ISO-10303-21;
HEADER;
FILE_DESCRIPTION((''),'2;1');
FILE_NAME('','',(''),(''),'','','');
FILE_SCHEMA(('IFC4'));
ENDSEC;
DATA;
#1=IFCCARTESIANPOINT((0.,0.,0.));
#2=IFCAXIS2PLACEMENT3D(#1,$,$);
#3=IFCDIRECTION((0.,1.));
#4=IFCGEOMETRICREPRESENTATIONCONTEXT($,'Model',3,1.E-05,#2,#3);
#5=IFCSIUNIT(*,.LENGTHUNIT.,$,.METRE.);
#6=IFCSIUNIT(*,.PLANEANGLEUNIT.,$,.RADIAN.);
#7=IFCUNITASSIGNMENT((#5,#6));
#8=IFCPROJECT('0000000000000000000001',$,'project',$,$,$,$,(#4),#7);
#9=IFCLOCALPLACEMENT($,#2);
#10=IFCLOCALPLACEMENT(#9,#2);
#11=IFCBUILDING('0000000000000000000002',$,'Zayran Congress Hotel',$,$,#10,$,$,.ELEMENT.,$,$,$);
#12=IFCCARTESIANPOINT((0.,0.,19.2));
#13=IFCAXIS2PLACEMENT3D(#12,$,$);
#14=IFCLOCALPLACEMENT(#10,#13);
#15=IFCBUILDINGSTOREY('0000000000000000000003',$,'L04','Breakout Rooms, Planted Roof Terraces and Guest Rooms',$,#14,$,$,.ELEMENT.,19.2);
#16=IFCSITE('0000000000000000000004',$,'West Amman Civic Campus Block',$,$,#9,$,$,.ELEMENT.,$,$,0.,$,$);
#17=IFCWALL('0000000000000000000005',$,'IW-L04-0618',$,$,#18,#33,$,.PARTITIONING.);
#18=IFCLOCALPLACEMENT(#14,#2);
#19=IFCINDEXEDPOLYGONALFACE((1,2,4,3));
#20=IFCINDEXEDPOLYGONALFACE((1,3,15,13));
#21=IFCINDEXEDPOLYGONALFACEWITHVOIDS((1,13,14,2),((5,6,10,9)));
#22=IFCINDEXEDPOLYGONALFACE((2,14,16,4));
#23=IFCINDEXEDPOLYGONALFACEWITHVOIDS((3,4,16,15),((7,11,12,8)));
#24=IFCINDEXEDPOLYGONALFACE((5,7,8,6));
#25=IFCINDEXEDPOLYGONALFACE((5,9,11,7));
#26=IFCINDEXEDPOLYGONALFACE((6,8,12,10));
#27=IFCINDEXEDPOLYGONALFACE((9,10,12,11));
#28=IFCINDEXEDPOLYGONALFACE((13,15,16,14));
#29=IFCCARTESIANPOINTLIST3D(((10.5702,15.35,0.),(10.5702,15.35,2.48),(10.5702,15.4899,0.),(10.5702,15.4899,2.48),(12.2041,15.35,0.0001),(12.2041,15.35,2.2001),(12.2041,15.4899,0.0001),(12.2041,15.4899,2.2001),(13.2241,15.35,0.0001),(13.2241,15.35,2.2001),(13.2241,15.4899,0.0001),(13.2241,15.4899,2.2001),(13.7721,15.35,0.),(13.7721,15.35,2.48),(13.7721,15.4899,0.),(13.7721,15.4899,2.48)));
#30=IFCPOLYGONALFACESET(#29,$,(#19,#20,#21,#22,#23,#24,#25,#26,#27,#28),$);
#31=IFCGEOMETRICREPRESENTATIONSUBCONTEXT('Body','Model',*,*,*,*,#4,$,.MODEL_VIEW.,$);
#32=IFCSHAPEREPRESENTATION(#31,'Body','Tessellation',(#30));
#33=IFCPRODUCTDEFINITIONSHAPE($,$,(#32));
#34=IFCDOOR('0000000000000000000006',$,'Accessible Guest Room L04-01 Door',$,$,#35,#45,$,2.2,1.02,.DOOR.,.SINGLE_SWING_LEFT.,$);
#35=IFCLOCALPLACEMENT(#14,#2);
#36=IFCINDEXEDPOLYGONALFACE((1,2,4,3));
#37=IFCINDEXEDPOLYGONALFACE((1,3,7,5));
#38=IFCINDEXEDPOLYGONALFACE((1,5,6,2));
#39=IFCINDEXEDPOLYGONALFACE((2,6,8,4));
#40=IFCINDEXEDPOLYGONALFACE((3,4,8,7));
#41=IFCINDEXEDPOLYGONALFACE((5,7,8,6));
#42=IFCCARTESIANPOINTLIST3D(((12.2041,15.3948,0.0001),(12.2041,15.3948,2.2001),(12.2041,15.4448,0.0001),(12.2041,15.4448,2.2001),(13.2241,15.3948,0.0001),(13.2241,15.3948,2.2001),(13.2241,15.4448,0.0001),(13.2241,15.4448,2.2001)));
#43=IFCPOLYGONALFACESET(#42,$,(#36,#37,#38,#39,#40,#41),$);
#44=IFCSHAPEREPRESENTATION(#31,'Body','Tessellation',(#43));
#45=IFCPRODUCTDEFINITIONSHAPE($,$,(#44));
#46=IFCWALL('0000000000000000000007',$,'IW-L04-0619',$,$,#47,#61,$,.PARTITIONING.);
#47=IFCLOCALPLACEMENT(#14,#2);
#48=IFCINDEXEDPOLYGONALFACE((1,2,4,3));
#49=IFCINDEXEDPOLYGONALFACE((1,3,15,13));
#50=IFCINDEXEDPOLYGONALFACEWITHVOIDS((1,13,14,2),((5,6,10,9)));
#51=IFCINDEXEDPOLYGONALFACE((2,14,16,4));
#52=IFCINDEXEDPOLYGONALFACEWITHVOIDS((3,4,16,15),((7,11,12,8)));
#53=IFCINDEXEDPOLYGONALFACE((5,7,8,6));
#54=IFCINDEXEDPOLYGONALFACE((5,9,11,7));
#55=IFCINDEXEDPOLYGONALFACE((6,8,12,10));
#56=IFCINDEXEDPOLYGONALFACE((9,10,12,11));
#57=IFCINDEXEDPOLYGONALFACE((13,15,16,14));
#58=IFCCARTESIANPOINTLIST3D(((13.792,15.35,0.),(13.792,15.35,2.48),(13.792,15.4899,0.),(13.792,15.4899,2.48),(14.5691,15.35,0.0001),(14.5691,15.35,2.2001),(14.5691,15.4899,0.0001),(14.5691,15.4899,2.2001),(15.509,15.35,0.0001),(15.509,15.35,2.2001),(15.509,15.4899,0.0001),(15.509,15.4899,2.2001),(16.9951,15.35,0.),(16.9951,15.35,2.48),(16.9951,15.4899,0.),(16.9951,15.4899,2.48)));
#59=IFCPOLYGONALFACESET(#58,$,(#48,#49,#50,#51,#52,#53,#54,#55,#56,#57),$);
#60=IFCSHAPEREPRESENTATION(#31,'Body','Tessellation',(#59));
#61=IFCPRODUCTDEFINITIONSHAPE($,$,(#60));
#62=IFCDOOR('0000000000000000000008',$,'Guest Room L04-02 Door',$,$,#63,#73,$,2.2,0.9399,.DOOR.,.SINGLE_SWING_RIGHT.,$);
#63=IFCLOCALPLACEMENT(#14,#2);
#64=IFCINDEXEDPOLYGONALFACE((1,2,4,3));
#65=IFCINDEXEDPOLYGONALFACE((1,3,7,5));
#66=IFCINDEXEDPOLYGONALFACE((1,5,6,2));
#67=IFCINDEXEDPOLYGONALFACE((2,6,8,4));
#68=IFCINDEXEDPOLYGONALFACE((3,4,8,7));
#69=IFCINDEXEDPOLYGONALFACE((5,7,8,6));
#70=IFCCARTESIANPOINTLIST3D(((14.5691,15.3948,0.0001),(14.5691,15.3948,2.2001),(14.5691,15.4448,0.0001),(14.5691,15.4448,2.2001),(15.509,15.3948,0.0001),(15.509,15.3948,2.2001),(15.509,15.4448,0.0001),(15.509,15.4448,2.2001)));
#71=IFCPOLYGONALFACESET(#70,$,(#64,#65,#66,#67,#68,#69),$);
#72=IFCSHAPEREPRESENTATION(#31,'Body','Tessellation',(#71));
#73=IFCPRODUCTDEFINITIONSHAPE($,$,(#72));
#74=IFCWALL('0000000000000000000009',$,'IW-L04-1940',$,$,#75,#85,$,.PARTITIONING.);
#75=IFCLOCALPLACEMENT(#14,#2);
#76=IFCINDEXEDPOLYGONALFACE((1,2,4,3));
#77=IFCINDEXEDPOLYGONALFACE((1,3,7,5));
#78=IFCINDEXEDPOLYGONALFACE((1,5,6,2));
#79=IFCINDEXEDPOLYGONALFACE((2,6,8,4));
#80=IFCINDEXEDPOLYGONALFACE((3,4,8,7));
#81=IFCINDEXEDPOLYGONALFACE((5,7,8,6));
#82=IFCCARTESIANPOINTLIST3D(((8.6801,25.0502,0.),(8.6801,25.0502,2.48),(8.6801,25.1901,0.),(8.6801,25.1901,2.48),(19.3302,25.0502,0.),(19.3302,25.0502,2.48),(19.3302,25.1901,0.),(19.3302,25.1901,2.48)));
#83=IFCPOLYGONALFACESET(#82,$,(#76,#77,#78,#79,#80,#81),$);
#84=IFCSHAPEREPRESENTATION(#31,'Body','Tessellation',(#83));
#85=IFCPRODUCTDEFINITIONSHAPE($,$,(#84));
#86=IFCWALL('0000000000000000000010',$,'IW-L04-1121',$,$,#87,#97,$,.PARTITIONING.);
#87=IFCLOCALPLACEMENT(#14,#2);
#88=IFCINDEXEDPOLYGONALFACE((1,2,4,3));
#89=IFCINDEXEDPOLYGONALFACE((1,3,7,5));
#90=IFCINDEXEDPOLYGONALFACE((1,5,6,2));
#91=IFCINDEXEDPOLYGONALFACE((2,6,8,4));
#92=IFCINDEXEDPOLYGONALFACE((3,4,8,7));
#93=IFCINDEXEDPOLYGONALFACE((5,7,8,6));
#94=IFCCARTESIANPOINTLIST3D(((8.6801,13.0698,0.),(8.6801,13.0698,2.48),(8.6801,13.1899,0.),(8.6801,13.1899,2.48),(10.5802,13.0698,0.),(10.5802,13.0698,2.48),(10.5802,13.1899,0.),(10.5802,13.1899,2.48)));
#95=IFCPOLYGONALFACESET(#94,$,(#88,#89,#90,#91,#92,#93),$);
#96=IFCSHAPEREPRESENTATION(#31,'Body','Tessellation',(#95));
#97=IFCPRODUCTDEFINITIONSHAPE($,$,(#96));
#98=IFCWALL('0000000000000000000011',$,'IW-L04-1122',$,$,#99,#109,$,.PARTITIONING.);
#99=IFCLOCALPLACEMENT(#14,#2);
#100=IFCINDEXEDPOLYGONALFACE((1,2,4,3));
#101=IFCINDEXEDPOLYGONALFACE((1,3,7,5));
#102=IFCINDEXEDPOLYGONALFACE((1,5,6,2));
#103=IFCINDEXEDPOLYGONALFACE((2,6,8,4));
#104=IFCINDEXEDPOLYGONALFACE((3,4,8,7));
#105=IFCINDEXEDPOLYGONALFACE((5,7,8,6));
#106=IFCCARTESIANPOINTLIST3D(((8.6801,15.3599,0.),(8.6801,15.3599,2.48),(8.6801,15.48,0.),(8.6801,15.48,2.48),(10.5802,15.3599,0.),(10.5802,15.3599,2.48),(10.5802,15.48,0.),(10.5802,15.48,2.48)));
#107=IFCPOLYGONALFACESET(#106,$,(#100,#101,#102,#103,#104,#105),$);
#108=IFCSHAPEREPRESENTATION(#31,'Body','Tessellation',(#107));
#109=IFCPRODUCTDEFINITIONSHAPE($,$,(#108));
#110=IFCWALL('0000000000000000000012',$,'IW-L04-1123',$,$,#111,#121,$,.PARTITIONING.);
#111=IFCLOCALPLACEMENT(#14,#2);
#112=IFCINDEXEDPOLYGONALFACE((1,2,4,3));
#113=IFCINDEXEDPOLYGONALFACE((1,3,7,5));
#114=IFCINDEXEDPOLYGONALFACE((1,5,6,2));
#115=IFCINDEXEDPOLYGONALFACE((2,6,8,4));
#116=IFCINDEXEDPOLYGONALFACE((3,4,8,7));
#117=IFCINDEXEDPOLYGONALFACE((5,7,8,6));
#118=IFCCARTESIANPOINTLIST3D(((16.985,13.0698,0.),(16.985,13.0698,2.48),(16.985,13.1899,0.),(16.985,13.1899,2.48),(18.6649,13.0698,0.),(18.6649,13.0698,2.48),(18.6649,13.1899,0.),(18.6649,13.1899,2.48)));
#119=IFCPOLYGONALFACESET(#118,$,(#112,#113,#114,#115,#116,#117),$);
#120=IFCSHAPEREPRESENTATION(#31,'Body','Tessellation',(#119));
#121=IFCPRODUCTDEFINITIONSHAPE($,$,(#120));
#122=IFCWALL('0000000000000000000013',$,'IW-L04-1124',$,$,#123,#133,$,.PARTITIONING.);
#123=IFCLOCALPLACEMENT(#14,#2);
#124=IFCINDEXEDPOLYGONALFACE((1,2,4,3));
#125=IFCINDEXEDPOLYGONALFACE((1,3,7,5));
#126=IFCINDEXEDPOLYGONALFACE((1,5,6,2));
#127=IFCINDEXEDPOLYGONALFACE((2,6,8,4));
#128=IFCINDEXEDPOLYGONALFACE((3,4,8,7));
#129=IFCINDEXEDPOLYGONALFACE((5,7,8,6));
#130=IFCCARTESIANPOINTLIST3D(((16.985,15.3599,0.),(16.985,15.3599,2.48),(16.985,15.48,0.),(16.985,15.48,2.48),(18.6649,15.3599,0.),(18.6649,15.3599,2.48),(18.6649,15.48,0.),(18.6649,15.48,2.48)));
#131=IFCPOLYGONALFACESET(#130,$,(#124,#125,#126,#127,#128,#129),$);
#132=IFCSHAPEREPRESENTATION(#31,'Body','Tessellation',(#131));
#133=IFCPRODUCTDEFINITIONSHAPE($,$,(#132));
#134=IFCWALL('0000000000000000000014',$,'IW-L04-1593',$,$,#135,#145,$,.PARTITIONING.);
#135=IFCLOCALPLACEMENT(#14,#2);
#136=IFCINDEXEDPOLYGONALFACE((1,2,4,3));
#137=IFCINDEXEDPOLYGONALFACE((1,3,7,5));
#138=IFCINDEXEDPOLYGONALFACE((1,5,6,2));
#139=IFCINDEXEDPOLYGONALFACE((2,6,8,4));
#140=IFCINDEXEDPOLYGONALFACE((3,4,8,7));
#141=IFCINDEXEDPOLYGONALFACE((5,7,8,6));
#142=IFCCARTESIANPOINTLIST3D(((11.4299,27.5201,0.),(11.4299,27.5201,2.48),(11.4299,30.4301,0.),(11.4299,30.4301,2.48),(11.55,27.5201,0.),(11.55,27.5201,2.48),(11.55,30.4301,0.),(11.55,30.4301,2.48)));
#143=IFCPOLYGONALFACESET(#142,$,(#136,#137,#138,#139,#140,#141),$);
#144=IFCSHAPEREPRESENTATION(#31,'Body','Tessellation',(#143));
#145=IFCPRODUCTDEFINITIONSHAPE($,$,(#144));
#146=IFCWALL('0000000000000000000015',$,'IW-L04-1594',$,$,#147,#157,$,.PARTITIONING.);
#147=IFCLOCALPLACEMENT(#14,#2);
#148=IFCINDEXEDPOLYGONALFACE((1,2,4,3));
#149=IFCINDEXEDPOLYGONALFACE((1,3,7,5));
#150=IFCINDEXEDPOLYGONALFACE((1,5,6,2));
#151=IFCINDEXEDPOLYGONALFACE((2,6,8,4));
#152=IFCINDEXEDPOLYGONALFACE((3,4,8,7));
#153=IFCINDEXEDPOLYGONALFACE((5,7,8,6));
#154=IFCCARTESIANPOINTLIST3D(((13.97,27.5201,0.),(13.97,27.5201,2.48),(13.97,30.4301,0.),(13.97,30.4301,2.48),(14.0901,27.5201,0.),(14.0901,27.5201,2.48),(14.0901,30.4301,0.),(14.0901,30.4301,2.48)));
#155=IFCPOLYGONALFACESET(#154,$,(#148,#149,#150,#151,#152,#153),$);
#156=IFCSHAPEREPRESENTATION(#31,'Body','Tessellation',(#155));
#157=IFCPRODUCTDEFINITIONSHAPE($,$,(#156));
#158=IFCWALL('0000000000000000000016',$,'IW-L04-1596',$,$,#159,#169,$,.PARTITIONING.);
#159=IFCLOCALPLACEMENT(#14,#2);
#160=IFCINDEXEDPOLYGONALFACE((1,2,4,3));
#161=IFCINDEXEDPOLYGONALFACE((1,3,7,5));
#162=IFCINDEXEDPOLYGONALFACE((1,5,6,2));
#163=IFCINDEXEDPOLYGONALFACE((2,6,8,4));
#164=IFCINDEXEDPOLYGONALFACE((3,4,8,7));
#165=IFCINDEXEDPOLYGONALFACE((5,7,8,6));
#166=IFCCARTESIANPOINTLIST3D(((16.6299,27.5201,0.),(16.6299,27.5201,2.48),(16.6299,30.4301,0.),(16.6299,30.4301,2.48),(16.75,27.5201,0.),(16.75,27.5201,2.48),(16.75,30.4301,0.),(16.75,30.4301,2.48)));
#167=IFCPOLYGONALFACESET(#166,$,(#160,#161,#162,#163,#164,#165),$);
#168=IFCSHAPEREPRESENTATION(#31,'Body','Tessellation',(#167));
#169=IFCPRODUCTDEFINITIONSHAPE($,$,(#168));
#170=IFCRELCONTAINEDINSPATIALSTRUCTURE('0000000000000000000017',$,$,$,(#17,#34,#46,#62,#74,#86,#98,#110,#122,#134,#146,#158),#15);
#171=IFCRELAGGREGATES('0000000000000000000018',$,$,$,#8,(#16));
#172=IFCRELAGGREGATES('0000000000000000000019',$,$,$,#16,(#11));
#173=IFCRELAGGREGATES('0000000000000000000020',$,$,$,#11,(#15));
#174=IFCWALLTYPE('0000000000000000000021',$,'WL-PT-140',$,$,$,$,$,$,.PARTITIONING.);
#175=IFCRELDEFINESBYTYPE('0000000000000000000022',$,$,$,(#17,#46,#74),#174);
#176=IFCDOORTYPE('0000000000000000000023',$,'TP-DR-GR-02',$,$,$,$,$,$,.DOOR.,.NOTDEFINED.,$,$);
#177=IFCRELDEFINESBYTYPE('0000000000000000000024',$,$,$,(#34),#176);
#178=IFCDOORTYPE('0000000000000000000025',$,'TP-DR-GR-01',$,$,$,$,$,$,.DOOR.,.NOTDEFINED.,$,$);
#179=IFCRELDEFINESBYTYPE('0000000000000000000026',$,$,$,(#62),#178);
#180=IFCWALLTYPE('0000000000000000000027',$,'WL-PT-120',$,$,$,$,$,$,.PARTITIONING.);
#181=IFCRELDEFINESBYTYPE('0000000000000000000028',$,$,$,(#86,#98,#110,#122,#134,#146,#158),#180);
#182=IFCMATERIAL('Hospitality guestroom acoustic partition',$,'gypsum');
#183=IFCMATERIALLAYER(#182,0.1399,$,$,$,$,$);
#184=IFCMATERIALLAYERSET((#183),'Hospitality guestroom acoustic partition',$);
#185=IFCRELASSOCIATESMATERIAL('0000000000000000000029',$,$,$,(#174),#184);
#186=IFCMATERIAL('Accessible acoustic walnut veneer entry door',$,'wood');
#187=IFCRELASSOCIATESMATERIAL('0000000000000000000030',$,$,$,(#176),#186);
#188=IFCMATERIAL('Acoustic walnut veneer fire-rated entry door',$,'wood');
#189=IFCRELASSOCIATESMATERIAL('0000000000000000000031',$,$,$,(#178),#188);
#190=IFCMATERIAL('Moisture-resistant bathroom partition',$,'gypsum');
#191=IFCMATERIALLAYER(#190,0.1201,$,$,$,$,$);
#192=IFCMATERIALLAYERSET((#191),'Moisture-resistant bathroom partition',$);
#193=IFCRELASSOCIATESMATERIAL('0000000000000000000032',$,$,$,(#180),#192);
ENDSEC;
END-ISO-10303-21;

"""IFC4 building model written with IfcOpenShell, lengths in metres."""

from ifc_helpers import new_model, si_unit, direction, frame, frame_2d, origin, place, context, subcontext, project, spatial, rectangle, extrude, material, layer, layer_set, type_object, element, fill, save


model = new_model("IFC4")

# Units and contexts
model_context = context("Model", 3, precision=1e-05, world=origin(), true_north=direction((0.0, 1.0)))
body_context = subcontext(model_context, "Body", "Model", "MODEL_VIEW")
ifc_project = project(units=[si_unit("LENGTHUNIT", "METRE"), si_unit("PLANEANGLEUNIT", "RADIAN")], contexts=[model_context])

# Site, building, storey
site_placement = place(None, origin())
site = spatial("IfcSite", under=ifc_project, at=site_placement, Name="West Amman Civic Campus Block", CompositionType="ELEMENT", RefElevation=0.0)
building_placement = place(site_placement, origin())
building = spatial("IfcBuilding", under=site, at=building_placement, Name="Zayran Congress Hotel", CompositionType="ELEMENT")
storey_placement = place(building_placement, frame((0.0, 0.0, 19.2)))
storey = spatial("IfcBuildingStorey", under=building, at=storey_placement, Name="L04", Description="Breakout Rooms, Planted Roof Terraces and Guest Rooms", CompositionType="ELEMENT", Elevation=19.2)

# Walls, openings, doors
ifc_material_1 = material(Name="Hospitality guestroom acoustic partition", Category="gypsum")
ifc_layer_1 = layer(ifc_material_1, 0.1399)
ifc_layer_set_1 = layer_set([ifc_layer_1], Name="Hospitality guestroom acoustic partition")
wall_type_1 = type_object("IfcWallType", Name="WL-PT-140", PredefinedType="PARTITIONING", material=ifc_layer_set_1)
wall_1_placement = place(storey_placement, frame((10.5701, 15.4199, 0.0), z_axis=(0.0, 0.0, 1.0), x_axis=(1.0, 0.0, 0.0)))
wall_1 = element("IfcWall", 1, at=wall_1_placement, inside=storey, type_object=wall_type_1, Name="IW-L04-0618", PredefinedType="PARTITIONING", context=body_context, shape_type="SweptSolid", body=[
    extrude(rectangle(XDim=3.2019, YDim=0.1399, at=frame_2d((1.6011, 0.0))), origin(), (0.0, 0.0, 1.0), 2.48),
])
opening_1_placement = place(wall_1_placement, frame((1.634, 0.0, 0.0)))
opening_1 = element("IfcOpeningElement", 2, at=opening_1_placement, cuts=wall_1, PredefinedType="OPENING", context=body_context, shape_type="SweptSolid", body=[
    extrude(rectangle(XDim=1.02, YDim=2.2, at=frame_2d((0.51, 1.1001))), frame((0.0, 0.0798, 0.0), z_axis=(0.0, -1.0, 0.0), x_axis=(1.0, 0.0, 0.0)), (0.0, 0.0, 1.0), 0.1599),
])
ifc_material_2 = material(Name="Accessible acoustic walnut veneer entry door", Category="wood")
door_type_1 = type_object("IfcDoorType", Name="TP-DR-GR-02", OperationType="NOTDEFINED", PredefinedType="DOOR", material=ifc_material_2)
door_1_placement = place(opening_1_placement, origin())
door_1 = element("IfcDoor", 3, at=door_1_placement, inside=storey, type_object=door_type_1, Name="Accessible Guest Room L04-01 Door", OperationType="SINGLE_SWING_LEFT", OverallHeight=2.2, OverallWidth=1.02, PredefinedType="DOOR", context=body_context, shape_type="SweptSolid", body=[
    extrude(rectangle(XDim=1.02, YDim=2.2, at=frame_2d((0.51, 1.1001))), frame((0.0, 0.0249, 0.0), z_axis=(0.0, -1.0, 0.0), x_axis=(1.0, 0.0, 0.0)), (0.0, 0.0, 1.0), 0.05),
])
fill(opening_1, door_1)
wall_2_placement = place(storey_placement, frame((13.792, 15.4199, 0.0), z_axis=(0.0, 0.0, 1.0), x_axis=(1.0, 0.0, 0.0)))
wall_2 = element("IfcWall", 4, at=wall_2_placement, inside=storey, type_object=wall_type_1, Name="IW-L04-0619", PredefinedType="PARTITIONING", context=body_context, shape_type="SweptSolid", body=[
    extrude(rectangle(XDim=3.2031, YDim=0.1399, at=frame_2d((1.6016, 0.0))), origin(), (0.0, 0.0, 1.0), 2.48),
])
opening_2_placement = place(wall_2_placement, frame((0.7771, 0.0, 0.0)))
opening_2 = element("IfcOpeningElement", 5, at=opening_2_placement, cuts=wall_2, PredefinedType="OPENING", context=body_context, shape_type="SweptSolid", body=[
    extrude(rectangle(XDim=0.9399, YDim=2.2, at=frame_2d((0.47, 1.1001))), frame((0.0, 0.0798, 0.0), z_axis=(0.0, -1.0, 0.0), x_axis=(1.0, 0.0, 0.0)), (0.0, 0.0, 1.0), 0.1599),
])
ifc_material_3 = material(Name="Acoustic walnut veneer fire-rated entry door", Category="wood")
door_type_2 = type_object("IfcDoorType", Name="TP-DR-GR-01", OperationType="NOTDEFINED", PredefinedType="DOOR", material=ifc_material_3)
door_2_placement = place(opening_2_placement, origin())
door_2 = element("IfcDoor", 6, at=door_2_placement, inside=storey, type_object=door_type_2, Name="Guest Room L04-02 Door", OperationType="SINGLE_SWING_RIGHT", OverallHeight=2.2, OverallWidth=0.9399, PredefinedType="DOOR", context=body_context, shape_type="SweptSolid", body=[
    extrude(rectangle(XDim=0.9399, YDim=2.2, at=frame_2d((0.47, 1.1001))), frame((0.0, 0.0249, 0.0), z_axis=(0.0, -1.0, 0.0), x_axis=(1.0, 0.0, 0.0)), (0.0, 0.0, 1.0), 0.05),
])
fill(opening_2, door_2)

# Wall
wall_3_placement = place(storey_placement, frame((8.6799, 25.1201, 0.0), z_axis=(0.0, 0.0, 1.0), x_axis=(1.0, 0.0, 0.0)))
element("IfcWall", 7, at=wall_3_placement, inside=storey, type_object=wall_type_1, Name="IW-L04-1940", PredefinedType="PARTITIONING", context=body_context, shape_type="SweptSolid", body=[
    extrude(rectangle(XDim=10.6501, YDim=0.1399, at=frame_2d((5.3252, 0.0))), origin(), (0.0, 0.0, 1.0), 2.48),
])

# Shared definitions
ifc_material_4 = material(Name="Moisture-resistant bathroom partition", Category="gypsum")
ifc_layer_2 = layer(ifc_material_4, 0.1201)
ifc_layer_set_2 = layer_set([ifc_layer_2], Name="Moisture-resistant bathroom partition")
wall_type_2 = type_object("IfcWallType", Name="WL-PT-120", PredefinedType="PARTITIONING", material=ifc_layer_set_2)

# Walls
for number, where, z_axis, x_axis, name in (
    (8, (8.6799, 13.1299, 0.0), (0.0, 0.0, 1.0), (1.0, 0.0, 0.0), "IW-L04-1121"),
    (9, (8.6799, 15.4199, 0.0), (0.0, 0.0, 1.0), (1.0, 0.0, 0.0), "IW-L04-1122"),
):
    element("IfcWall", number, at=place(storey_placement, frame(where, z_axis=z_axis, x_axis=x_axis)), inside=storey, type_object=wall_type_2, Name=name, PredefinedType="PARTITIONING", context=body_context, shape_type="SweptSolid", body=[
        extrude(rectangle(XDim=1.9001, YDim=0.1201, at=frame_2d((0.9502, 0.0))), origin(), (0.0, 0.0, 1.0), 2.48),
    ])
for number, where, z_axis, x_axis, name in (
    (10, (16.9851, 13.1299, 0.0), (0.0, 0.0, 1.0), (1.0, 0.0, 0.0), "IW-L04-1123"),
    (11, (16.9851, 15.4199, 0.0), (0.0, 0.0, 1.0), (1.0, 0.0, 0.0), "IW-L04-1124"),
):
    element("IfcWall", number, at=place(storey_placement, frame(where, z_axis=z_axis, x_axis=x_axis)), inside=storey, type_object=wall_type_2, Name=name, PredefinedType="PARTITIONING", context=body_context, shape_type="SweptSolid", body=[
        extrude(rectangle(XDim=1.6799, YDim=0.1201, at=frame_2d((0.8398, 0.0))), origin(), (0.0, 0.0, 1.0), 2.48),
    ])
for number, where, z_axis, x_axis, name in (
    (12, (11.49, 27.52, 0.0), (0.0, 0.0, 1.0), (0.0, 1.0, 0.0), "IW-L04-1593"),
    (13, (14.03, 27.52, 0.0), (0.0, 0.0, 1.0), (0.0, 1.0, 0.0), "IW-L04-1594"),
    (14, (16.6899, 27.52, 0.0), (0.0, 0.0, 1.0), (0.0, 1.0, 0.0), "IW-L04-1596"),
):
    element("IfcWall", number, at=place(storey_placement, frame(where, z_axis=z_axis, x_axis=x_axis)), inside=storey, type_object=wall_type_2, Name=name, PredefinedType="PARTITIONING", context=body_context, shape_type="SweptSolid", body=[
        extrude(rectangle(XDim=2.9099, YDim=0.1201, at=frame_2d((1.4551, 0.0))), origin(), (0.0, 0.0, 1.0), 2.48),
    ])

save(model, "model.ifc")
